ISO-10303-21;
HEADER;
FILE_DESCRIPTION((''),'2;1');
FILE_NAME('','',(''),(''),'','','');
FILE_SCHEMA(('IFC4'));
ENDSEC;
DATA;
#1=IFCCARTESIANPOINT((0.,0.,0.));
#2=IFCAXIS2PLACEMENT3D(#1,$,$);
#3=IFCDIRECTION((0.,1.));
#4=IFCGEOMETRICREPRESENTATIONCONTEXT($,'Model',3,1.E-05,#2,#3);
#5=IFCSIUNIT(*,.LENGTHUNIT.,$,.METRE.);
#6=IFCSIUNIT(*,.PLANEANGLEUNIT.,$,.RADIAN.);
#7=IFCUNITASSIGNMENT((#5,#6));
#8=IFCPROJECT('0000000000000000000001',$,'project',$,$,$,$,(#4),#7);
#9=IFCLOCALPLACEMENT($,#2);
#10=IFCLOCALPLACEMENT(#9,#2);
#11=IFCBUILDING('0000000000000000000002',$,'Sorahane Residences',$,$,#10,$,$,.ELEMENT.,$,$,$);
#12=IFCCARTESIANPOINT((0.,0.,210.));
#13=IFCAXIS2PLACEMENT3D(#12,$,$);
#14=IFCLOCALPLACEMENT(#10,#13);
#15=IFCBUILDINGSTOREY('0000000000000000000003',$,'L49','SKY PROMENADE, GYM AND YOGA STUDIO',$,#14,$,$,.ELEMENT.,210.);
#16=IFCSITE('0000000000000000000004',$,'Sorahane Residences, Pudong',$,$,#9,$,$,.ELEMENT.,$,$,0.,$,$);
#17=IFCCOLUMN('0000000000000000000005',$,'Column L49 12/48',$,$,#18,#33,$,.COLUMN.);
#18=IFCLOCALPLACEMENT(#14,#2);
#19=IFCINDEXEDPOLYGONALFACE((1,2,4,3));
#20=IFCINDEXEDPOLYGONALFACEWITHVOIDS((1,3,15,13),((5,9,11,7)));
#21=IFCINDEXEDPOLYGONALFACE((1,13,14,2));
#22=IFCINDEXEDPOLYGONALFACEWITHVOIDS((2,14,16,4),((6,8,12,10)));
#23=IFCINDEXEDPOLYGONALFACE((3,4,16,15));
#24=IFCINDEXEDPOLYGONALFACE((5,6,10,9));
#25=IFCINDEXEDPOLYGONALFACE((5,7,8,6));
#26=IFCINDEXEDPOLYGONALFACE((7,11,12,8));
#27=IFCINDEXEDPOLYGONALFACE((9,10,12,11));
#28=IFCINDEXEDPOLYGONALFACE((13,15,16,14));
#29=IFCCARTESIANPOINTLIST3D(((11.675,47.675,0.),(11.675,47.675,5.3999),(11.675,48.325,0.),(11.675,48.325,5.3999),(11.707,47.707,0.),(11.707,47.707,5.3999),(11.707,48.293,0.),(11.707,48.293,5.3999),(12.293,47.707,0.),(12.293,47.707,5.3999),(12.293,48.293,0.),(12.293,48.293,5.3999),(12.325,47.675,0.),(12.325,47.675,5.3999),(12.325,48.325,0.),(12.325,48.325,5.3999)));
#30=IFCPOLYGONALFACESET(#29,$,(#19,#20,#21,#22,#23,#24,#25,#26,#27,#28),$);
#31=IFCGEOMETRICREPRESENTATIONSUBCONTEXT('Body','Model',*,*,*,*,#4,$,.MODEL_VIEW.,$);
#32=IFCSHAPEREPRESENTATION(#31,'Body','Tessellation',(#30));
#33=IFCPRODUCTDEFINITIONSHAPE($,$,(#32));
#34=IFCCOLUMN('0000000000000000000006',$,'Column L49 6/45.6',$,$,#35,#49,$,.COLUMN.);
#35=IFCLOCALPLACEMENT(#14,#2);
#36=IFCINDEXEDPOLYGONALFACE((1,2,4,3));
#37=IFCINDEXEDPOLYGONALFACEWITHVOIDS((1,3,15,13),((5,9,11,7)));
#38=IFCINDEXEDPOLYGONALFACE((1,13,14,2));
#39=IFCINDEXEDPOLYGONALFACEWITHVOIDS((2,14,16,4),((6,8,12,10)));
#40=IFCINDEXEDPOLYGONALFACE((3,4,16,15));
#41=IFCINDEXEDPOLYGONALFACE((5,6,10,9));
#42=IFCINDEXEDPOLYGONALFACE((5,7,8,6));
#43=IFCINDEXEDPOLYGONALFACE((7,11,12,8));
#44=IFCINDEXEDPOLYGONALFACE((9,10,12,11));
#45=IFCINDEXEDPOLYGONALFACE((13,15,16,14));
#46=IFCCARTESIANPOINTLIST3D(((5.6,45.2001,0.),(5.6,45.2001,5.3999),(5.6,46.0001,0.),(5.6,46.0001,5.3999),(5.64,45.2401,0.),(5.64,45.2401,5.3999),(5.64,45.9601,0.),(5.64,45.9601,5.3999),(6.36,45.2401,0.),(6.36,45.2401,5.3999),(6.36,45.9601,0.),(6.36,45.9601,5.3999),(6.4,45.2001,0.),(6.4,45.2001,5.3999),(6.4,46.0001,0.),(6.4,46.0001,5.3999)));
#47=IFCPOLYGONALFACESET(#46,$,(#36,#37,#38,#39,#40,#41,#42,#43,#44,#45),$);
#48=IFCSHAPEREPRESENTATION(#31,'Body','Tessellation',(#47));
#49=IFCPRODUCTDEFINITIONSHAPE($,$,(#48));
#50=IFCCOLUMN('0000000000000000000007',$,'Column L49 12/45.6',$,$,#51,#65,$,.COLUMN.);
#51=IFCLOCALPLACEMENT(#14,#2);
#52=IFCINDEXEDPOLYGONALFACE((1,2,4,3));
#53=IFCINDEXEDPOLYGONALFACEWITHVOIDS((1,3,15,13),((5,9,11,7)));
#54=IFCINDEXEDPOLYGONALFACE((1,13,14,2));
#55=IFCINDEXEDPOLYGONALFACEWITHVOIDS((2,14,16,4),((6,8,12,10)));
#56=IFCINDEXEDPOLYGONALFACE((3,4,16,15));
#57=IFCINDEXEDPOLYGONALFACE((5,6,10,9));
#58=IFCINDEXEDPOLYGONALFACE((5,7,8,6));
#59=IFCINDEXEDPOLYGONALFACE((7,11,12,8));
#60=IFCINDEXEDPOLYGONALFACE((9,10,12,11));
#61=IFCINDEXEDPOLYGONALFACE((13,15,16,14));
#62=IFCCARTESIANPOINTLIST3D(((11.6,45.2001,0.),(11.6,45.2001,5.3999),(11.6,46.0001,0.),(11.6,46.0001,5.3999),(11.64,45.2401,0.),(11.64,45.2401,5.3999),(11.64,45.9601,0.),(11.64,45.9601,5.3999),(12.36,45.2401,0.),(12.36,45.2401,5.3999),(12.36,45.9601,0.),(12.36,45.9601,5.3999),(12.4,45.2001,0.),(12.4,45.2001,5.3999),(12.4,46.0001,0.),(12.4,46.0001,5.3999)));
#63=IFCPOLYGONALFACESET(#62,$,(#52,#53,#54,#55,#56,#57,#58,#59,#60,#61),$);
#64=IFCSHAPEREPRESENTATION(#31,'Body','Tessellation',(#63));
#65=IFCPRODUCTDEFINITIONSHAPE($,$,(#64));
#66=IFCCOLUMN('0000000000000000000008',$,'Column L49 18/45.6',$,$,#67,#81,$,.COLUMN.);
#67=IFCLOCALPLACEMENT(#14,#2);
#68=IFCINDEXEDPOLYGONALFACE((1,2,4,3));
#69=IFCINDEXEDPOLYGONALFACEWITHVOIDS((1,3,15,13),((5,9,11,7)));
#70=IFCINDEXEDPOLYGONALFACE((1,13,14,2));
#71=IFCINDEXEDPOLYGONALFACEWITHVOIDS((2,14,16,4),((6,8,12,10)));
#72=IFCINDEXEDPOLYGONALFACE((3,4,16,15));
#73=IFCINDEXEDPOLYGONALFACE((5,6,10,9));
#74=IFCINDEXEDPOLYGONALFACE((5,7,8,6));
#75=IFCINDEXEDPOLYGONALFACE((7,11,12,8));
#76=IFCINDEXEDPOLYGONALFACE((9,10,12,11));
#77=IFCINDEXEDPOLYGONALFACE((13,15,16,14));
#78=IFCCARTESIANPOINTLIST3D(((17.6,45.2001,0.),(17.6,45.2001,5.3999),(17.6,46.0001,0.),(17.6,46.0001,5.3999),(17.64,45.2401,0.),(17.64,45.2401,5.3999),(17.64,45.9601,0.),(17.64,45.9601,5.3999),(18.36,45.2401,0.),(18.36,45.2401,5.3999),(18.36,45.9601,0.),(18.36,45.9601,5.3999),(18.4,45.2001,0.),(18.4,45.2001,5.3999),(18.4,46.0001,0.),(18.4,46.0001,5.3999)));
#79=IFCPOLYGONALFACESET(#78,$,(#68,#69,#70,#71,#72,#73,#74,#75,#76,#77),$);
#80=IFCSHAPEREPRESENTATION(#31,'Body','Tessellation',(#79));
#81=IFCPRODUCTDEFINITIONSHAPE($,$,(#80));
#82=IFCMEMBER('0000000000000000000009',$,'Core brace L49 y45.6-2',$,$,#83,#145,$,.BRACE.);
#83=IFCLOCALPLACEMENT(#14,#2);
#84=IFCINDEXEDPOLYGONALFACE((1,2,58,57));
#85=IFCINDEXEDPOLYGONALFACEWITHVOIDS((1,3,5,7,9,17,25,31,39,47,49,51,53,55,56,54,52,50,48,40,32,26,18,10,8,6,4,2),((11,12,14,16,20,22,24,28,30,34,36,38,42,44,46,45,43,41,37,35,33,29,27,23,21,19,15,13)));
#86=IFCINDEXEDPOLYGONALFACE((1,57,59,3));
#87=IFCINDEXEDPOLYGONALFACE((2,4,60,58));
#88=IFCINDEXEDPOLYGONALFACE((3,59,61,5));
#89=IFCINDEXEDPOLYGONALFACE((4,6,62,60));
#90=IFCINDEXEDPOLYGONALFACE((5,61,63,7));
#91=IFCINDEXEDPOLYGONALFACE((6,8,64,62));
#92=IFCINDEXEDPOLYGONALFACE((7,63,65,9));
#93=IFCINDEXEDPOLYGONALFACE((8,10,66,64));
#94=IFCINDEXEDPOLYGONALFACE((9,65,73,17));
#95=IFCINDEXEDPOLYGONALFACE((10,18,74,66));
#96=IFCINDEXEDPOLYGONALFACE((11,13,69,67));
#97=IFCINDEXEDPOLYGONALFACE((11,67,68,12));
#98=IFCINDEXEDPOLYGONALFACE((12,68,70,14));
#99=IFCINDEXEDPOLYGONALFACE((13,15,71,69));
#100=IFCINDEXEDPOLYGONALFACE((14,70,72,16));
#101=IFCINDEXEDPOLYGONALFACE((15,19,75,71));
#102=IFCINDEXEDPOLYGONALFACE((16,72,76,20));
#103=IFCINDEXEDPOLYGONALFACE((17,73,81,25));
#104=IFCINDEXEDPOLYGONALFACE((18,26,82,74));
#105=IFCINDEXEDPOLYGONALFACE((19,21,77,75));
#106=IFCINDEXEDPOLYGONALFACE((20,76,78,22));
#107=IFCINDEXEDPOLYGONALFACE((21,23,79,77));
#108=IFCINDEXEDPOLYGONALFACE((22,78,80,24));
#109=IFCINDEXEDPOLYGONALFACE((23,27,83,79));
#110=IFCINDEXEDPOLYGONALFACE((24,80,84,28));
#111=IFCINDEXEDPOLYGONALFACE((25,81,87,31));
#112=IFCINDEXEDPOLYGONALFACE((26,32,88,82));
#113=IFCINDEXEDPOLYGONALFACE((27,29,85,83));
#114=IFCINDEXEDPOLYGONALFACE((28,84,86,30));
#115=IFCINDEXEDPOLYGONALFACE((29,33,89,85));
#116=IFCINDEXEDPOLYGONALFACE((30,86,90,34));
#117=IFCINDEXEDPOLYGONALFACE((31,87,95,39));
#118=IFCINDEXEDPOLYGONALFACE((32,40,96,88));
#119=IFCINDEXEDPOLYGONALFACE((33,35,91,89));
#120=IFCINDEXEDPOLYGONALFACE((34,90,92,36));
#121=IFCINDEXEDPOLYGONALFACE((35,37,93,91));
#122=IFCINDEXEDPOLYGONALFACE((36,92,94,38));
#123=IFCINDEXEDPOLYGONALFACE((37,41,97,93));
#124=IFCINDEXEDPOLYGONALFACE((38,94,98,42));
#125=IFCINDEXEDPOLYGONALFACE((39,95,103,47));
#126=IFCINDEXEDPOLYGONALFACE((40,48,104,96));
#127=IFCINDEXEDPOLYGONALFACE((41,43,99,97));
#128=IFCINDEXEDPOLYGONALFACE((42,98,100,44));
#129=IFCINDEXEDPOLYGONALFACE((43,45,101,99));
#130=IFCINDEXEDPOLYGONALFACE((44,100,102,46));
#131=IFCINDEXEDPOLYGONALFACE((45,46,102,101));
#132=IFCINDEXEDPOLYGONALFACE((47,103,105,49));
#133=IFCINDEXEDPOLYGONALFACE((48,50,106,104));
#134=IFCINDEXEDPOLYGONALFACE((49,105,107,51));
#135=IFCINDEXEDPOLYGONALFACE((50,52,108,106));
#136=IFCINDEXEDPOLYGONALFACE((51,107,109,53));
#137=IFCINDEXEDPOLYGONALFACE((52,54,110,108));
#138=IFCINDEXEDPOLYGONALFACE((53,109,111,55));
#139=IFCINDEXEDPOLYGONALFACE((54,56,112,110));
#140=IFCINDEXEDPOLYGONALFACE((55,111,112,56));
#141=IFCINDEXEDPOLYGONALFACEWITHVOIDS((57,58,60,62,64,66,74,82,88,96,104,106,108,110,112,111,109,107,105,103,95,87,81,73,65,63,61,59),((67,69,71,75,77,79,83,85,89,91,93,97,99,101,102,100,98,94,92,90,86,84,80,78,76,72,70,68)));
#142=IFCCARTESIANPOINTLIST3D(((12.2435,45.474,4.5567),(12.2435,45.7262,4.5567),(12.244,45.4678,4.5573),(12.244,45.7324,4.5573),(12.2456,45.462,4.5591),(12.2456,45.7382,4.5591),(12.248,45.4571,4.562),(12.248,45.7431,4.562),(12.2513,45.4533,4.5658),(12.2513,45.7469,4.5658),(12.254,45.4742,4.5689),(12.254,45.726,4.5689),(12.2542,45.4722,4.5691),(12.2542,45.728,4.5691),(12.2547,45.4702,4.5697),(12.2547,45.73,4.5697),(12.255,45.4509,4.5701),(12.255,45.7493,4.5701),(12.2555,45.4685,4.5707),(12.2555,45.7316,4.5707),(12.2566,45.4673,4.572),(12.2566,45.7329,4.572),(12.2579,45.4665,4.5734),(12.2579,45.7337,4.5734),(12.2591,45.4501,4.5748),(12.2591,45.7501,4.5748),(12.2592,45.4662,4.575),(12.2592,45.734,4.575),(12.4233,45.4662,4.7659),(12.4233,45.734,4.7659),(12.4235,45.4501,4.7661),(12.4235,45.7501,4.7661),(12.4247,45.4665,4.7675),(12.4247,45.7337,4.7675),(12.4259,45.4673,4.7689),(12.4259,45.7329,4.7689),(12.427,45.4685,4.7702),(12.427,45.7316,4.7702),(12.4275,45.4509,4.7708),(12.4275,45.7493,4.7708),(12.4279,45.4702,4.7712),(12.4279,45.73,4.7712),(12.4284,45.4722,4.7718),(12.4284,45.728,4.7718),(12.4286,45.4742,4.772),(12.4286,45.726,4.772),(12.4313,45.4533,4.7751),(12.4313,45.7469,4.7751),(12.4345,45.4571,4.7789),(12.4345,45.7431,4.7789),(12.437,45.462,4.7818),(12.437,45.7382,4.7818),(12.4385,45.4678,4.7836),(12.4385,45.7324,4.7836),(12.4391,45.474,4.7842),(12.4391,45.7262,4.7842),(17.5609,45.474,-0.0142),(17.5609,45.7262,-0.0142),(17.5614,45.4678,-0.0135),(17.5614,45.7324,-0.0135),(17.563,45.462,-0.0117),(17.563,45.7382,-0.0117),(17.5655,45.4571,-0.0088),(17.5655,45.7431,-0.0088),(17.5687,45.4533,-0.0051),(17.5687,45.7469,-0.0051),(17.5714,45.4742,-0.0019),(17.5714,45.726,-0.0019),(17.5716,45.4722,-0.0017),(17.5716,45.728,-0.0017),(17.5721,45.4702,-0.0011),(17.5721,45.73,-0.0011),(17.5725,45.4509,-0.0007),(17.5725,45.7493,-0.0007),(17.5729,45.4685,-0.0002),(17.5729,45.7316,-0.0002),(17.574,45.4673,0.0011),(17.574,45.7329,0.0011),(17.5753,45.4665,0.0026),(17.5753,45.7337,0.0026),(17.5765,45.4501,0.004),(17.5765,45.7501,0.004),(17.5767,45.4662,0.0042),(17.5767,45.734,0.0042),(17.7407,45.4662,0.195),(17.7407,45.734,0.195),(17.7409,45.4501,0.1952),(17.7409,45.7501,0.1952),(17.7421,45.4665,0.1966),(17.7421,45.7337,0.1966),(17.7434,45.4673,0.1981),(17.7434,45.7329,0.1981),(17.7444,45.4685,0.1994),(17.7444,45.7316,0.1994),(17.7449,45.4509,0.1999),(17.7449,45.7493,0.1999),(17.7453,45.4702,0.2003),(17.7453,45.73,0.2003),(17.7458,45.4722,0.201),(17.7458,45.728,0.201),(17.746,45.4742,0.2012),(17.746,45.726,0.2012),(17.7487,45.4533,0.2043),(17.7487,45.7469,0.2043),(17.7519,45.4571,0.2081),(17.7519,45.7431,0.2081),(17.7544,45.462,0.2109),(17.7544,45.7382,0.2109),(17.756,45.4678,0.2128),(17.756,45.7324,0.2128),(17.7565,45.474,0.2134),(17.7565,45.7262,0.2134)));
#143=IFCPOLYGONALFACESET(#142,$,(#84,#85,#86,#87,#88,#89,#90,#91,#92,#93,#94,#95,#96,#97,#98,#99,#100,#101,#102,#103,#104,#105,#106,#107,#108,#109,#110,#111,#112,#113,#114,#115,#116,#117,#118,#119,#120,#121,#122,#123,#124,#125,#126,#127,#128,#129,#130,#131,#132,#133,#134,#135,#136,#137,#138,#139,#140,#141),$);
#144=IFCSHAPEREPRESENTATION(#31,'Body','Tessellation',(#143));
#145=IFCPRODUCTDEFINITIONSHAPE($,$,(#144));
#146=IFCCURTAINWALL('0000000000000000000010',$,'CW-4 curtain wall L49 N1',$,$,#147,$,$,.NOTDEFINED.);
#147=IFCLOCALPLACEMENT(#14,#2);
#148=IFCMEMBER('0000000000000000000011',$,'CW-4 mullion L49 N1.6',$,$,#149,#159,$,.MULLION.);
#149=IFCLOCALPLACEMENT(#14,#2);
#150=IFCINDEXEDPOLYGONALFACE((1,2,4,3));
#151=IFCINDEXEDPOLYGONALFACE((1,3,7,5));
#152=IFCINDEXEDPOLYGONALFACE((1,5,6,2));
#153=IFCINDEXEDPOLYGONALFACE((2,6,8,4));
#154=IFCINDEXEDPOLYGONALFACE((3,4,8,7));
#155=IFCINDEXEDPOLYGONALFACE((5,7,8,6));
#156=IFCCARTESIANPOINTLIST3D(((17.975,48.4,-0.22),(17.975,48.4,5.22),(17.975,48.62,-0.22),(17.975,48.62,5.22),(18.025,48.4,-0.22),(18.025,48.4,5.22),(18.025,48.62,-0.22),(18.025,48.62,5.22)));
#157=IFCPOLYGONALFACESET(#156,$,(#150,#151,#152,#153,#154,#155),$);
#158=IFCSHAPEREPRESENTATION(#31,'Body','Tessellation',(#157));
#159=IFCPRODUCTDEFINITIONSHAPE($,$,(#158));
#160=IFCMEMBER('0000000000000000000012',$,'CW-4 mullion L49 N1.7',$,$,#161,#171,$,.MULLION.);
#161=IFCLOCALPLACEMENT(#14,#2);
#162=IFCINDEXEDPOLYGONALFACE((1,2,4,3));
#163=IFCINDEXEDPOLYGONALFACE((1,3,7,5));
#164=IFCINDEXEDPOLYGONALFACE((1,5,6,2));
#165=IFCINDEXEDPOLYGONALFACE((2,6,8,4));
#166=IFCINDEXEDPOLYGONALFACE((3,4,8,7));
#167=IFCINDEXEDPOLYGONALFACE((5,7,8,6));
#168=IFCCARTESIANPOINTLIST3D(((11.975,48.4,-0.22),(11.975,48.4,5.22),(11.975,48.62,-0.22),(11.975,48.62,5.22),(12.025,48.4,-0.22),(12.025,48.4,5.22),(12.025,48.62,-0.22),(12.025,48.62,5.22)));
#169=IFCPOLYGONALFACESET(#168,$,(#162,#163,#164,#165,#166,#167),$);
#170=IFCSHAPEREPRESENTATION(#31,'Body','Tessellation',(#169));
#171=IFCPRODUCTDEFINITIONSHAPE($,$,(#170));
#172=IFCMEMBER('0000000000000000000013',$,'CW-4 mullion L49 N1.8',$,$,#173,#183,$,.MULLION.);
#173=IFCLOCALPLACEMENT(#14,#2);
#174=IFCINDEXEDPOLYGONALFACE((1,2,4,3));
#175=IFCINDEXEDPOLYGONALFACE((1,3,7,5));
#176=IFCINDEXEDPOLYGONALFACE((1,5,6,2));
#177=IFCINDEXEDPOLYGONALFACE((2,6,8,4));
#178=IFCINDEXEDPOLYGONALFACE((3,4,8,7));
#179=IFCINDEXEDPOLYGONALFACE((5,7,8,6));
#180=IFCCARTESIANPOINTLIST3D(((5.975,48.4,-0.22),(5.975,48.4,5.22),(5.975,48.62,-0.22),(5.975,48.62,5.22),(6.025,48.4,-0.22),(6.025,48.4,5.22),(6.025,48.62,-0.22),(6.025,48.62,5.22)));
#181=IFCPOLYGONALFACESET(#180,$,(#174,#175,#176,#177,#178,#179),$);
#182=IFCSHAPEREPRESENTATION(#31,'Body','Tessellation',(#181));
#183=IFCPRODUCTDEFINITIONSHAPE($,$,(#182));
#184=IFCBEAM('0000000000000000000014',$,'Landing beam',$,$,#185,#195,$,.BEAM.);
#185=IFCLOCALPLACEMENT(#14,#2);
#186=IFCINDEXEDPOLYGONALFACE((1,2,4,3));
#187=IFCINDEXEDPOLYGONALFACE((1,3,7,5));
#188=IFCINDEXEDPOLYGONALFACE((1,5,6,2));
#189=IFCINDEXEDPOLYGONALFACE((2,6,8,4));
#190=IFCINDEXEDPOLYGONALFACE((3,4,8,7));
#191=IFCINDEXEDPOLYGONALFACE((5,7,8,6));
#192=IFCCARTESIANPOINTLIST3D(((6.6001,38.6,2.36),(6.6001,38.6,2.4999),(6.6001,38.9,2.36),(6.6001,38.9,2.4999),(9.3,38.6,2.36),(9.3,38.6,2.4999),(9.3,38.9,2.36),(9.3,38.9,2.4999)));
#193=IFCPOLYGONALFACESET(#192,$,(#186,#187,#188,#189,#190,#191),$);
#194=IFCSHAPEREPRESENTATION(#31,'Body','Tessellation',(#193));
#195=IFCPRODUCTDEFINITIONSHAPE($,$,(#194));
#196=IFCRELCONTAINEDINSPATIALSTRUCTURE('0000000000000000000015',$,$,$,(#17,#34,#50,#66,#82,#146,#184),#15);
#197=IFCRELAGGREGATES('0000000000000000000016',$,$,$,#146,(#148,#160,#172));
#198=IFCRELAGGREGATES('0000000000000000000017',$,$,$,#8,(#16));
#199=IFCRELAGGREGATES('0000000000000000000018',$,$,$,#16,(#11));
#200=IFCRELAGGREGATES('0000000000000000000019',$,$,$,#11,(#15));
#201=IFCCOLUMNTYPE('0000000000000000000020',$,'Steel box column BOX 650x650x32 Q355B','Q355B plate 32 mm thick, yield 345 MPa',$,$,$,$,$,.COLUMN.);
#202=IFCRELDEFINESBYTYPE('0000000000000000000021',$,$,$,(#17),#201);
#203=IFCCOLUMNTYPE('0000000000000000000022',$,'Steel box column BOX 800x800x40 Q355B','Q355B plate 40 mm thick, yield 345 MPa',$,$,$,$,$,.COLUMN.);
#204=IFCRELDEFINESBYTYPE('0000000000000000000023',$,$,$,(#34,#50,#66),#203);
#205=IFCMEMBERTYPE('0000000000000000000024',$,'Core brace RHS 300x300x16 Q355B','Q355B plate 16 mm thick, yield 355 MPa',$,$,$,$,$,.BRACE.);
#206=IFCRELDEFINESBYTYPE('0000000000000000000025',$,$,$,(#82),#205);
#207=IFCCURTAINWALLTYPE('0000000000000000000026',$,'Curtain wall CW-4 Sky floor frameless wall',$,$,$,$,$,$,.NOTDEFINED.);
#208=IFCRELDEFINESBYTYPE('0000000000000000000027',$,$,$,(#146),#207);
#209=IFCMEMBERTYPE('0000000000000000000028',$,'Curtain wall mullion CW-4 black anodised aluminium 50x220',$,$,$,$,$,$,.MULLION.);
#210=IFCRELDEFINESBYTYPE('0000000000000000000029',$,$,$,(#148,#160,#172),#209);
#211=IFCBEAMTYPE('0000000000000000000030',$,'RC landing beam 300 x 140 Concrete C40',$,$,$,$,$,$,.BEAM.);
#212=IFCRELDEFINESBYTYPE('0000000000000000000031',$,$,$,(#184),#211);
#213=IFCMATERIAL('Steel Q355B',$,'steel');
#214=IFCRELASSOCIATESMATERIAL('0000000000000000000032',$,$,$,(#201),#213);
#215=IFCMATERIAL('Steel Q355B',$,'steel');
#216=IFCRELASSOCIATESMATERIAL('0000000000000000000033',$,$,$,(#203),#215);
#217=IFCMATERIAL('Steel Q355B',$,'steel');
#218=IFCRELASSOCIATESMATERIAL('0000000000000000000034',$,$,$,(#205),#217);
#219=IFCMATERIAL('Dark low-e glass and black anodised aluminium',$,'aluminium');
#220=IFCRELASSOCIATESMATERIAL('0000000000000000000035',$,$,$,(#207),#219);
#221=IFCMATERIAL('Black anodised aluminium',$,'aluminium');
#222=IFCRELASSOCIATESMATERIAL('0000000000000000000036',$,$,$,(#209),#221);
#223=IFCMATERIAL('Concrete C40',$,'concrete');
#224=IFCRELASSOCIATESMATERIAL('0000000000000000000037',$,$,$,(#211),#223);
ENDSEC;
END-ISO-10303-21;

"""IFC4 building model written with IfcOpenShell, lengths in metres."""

from ifc_helpers import new_model, si_unit, direction, frame, origin, origin_2d, place, context, subcontext, project, spatial, rectangle, hollow_rectangle, extrude, material, material_profile, profile_set, type_object, element, aggregate, save


model = new_model("IFC4")

# Units and contexts
model_context = context("Model", 3, precision=1e-05, world=origin(), true_north=direction((0.0, 1.0)))
body_context = subcontext(model_context, "Body", "Model", "MODEL_VIEW")
ifc_project = project(units=[si_unit("LENGTHUNIT", "METRE"), si_unit("PLANEANGLEUNIT", "RADIAN")], contexts=[model_context])

# Site, building, storey
site_placement = place(None, origin())
site = spatial("IfcSite", under=ifc_project, at=site_placement, Name="Sorahane Residences, Pudong", CompositionType="ELEMENT", RefElevation=0.0)
building_placement = place(site_placement, origin())
building = spatial("IfcBuilding", under=site, at=building_placement, Name="Sorahane Residences", CompositionType="ELEMENT")
storey_placement = place(building_placement, frame((0.0, 0.0, 210.0)))
storey = spatial("IfcBuildingStorey", under=building, at=storey_placement, Name="L49", Description="SKY PROMENADE, GYM AND YOGA STUDIO", CompositionType="ELEMENT", Elevation=210.0)

# Columns
ifc_material_1 = material(Name="Steel Q355B", Category="steel")
ifc_material_profile_1 = material_profile(ifc_material_1, hollow_rectangle(XDim=0.6499, YDim=0.6499, WallThickness=0.032, at=origin_2d()), Name="BOX 650x650x32")
ifc_profile_set_1 = profile_set([ifc_material_profile_1], Name="Steel Q355B")
column_type_1 = type_object("IfcColumnType", Name="Steel box column BOX 650x650x32 Q355B", Description="Q355B plate 32 mm thick, yield 345 MPa", PredefinedType="COLUMN", material=ifc_profile_set_1)
column_placement = place(storey_placement, frame((12.0, 48.0, 0.0), z_axis=(0.0, 0.0, 1.0), x_axis=(1.0, 0.0, 0.0)))
element("IfcColumn", 1, at=column_placement, inside=storey, type_object=column_type_1, Name="Column L49 12/48", PredefinedType="COLUMN", context=body_context, shape_type="SweptSolid", body=[
    extrude(hollow_rectangle(XDim=0.6499, YDim=0.6499, WallThickness=0.032, at=origin_2d()), origin(), (0.0, 0.0, 1.0), 5.3999),
])
ifc_material_2 = material(Name="Steel Q355B", Category="steel")
ifc_material_profile_2 = material_profile(ifc_material_2, hollow_rectangle(XDim=0.8, YDim=0.8, WallThickness=0.04, at=origin_2d()), Name="BOX 800x800x40")
ifc_profile_set_2 = profile_set([ifc_material_profile_2], Name="Steel Q355B")
column_type_2 = type_object("IfcColumnType", Name="Steel box column BOX 800x800x40 Q355B", Description="Q355B plate 40 mm thick, yield 345 MPa", PredefinedType="COLUMN", material=ifc_profile_set_2)
for number, where, z_axis, x_axis, name in (
    (2, (6.0, 45.6001, 0.0), (0.0, 0.0, 1.0), (1.0, 0.0, 0.0), "Column L49 6/45.6"),
    (3, (12.0, 45.6001, 0.0), (0.0, 0.0, 1.0), (1.0, 0.0, 0.0), "Column L49 12/45.6"),
    (4, (18.0, 45.6001, 0.0), (0.0, 0.0, 1.0), (1.0, 0.0, 0.0), "Column L49 18/45.6"),
):
    element("IfcColumn", number, at=place(storey_placement, frame(where, z_axis=z_axis, x_axis=x_axis)), inside=storey, type_object=column_type_2, Name=name, PredefinedType="COLUMN", context=body_context, shape_type="SweptSolid", body=[
        extrude(hollow_rectangle(XDim=0.8, YDim=0.8, WallThickness=0.04, at=origin_2d()), origin(), (0.0, 0.0, 1.0), 5.3999),
    ])

# Member
ifc_material_3 = material(Name="Steel Q355B", Category="steel")
ifc_material_profile_3 = material_profile(ifc_material_3, hollow_rectangle(XDim=0.3, YDim=0.3, WallThickness=0.0161, InnerFilletRadius=0.0081, OuterFilletRadius=0.0239, at=origin_2d()), Name="RHS 300x300x16")
ifc_profile_set_3 = profile_set([ifc_material_profile_3], Name="Steel Q355B")
member_type_1 = type_object("IfcMemberType", Name="Core brace RHS 300x300x16 Q355B", Description="Q355B plate 16 mm thick, yield 355 MPa", PredefinedType="BRACE", material=ifc_profile_set_3)
member_1_placement = place(storey_placement, frame((17.6587, 45.6001, 0.0996), z_axis=(-0.758337, 0.0, 0.651863), x_axis=(0.0, -1.0, 0.0)))
element("IfcMember", 5, at=member_1_placement, inside=storey, type_object=member_type_1, Name="Core brace L49 y45.6-2", PredefinedType="BRACE", context=body_context, shape_type="SweptSolid", body=[
    extrude(hollow_rectangle(XDim=0.3, YDim=0.3, WallThickness=0.0161, InnerFilletRadius=0.0081, OuterFilletRadius=0.0239, at=origin_2d()), origin(), (0.0, 0.0, 1.0), 7.012),
])

# Curtain wall, members
ifc_material_4 = material(Name="Dark low-e glass and black anodised aluminium", Category="aluminium")
curtain_wall_type = type_object("IfcCurtainWallType", Name="Curtain wall CW-4 Sky floor frameless wall", PredefinedType="NOTDEFINED", material=ifc_material_4)
curtain_wall_placement = place(storey_placement, origin())
curtain_wall = element("IfcCurtainWall", 6, at=curtain_wall_placement, inside=storey, type_object=curtain_wall_type, Name="CW-4 curtain wall L49 N1", PredefinedType="NOTDEFINED")
ifc_material_5 = material(Name="Black anodised aluminium", Category="aluminium")
ifc_material_profile_4 = material_profile(ifc_material_5, rectangle(XDim=0.22, YDim=0.05, at=origin_2d()), Name="Curtain wall mullion CW-4 black anodised aluminium 50x220")
ifc_profile_set_4 = profile_set([ifc_material_profile_4], Name="Black anodised aluminium")
member_type_2 = type_object("IfcMemberType", Name="Curtain wall mullion CW-4 black anodised aluminium 50x220", PredefinedType="MULLION", material=ifc_profile_set_4)
member_2_placement = place(storey_placement, frame((18.0, 48.51, -0.22), z_axis=(0.0, 0.0, 1.0), x_axis=(0.0, 1.0, 0.0)))
member_2 = element("IfcMember", 7, at=member_2_placement, type_object=member_type_2, Name="CW-4 mullion L49 N1.6", PredefinedType="MULLION", context=body_context, shape_type="SweptSolid", body=[
    extrude(rectangle(XDim=0.22, YDim=0.05, at=origin_2d()), origin(), (0.0, 0.0, 1.0), 5.4399),
])
member_3_placement = place(storey_placement, frame((12.0, 48.51, -0.22), z_axis=(0.0, 0.0, 1.0), x_axis=(0.0, 1.0, 0.0)))
member_3 = element("IfcMember", 8, at=member_3_placement, type_object=member_type_2, Name="CW-4 mullion L49 N1.7", PredefinedType="MULLION", context=body_context, shape_type="SweptSolid", body=[
    extrude(rectangle(XDim=0.22, YDim=0.05, at=origin_2d()), origin(), (0.0, 0.0, 1.0), 5.4399),
])
member_4_placement = place(storey_placement, frame((6.0, 48.51, -0.22), z_axis=(0.0, 0.0, 1.0), x_axis=(0.0, 1.0, 0.0)))
member_4 = element("IfcMember", 9, at=member_4_placement, type_object=member_type_2, Name="CW-4 mullion L49 N1.8", PredefinedType="MULLION", context=body_context, shape_type="SweptSolid", body=[
    extrude(rectangle(XDim=0.22, YDim=0.05, at=origin_2d()), origin(), (0.0, 0.0, 1.0), 5.4399),
])

# Beam
ifc_material_6 = material(Name="Concrete C40", Category="concrete")
ifc_material_profile_5 = material_profile(ifc_material_6, rectangle(XDim=0.3, YDim=0.1399, at=origin_2d()), Name="300x140")
ifc_profile_set_5 = profile_set([ifc_material_profile_5], Name="Concrete C40")
beam_type_1 = type_object("IfcBeamType", Name="RC landing beam 300 x 140 Concrete C40", PredefinedType="BEAM", material=ifc_profile_set_5)
beam_1_placement = place(storey_placement, frame((6.6001, 38.75, 2.4299), z_axis=(1.0, 0.0, 0.0), x_axis=(0.0, 1.0, 0.0)))
element("IfcBeam", 10, at=beam_1_placement, inside=storey, type_object=beam_type_1, Name="Landing beam", PredefinedType="BEAM", context=body_context, shape_type="SweptSolid", body=[
    extrude(rectangle(XDim=0.3, YDim=0.1399, at=origin_2d()), origin(), (0.0, 0.0, 1.0), 2.7),
])

aggregate(curtain_wall, [member_2, member_3, member_4])

save(model, "model.ifc")
